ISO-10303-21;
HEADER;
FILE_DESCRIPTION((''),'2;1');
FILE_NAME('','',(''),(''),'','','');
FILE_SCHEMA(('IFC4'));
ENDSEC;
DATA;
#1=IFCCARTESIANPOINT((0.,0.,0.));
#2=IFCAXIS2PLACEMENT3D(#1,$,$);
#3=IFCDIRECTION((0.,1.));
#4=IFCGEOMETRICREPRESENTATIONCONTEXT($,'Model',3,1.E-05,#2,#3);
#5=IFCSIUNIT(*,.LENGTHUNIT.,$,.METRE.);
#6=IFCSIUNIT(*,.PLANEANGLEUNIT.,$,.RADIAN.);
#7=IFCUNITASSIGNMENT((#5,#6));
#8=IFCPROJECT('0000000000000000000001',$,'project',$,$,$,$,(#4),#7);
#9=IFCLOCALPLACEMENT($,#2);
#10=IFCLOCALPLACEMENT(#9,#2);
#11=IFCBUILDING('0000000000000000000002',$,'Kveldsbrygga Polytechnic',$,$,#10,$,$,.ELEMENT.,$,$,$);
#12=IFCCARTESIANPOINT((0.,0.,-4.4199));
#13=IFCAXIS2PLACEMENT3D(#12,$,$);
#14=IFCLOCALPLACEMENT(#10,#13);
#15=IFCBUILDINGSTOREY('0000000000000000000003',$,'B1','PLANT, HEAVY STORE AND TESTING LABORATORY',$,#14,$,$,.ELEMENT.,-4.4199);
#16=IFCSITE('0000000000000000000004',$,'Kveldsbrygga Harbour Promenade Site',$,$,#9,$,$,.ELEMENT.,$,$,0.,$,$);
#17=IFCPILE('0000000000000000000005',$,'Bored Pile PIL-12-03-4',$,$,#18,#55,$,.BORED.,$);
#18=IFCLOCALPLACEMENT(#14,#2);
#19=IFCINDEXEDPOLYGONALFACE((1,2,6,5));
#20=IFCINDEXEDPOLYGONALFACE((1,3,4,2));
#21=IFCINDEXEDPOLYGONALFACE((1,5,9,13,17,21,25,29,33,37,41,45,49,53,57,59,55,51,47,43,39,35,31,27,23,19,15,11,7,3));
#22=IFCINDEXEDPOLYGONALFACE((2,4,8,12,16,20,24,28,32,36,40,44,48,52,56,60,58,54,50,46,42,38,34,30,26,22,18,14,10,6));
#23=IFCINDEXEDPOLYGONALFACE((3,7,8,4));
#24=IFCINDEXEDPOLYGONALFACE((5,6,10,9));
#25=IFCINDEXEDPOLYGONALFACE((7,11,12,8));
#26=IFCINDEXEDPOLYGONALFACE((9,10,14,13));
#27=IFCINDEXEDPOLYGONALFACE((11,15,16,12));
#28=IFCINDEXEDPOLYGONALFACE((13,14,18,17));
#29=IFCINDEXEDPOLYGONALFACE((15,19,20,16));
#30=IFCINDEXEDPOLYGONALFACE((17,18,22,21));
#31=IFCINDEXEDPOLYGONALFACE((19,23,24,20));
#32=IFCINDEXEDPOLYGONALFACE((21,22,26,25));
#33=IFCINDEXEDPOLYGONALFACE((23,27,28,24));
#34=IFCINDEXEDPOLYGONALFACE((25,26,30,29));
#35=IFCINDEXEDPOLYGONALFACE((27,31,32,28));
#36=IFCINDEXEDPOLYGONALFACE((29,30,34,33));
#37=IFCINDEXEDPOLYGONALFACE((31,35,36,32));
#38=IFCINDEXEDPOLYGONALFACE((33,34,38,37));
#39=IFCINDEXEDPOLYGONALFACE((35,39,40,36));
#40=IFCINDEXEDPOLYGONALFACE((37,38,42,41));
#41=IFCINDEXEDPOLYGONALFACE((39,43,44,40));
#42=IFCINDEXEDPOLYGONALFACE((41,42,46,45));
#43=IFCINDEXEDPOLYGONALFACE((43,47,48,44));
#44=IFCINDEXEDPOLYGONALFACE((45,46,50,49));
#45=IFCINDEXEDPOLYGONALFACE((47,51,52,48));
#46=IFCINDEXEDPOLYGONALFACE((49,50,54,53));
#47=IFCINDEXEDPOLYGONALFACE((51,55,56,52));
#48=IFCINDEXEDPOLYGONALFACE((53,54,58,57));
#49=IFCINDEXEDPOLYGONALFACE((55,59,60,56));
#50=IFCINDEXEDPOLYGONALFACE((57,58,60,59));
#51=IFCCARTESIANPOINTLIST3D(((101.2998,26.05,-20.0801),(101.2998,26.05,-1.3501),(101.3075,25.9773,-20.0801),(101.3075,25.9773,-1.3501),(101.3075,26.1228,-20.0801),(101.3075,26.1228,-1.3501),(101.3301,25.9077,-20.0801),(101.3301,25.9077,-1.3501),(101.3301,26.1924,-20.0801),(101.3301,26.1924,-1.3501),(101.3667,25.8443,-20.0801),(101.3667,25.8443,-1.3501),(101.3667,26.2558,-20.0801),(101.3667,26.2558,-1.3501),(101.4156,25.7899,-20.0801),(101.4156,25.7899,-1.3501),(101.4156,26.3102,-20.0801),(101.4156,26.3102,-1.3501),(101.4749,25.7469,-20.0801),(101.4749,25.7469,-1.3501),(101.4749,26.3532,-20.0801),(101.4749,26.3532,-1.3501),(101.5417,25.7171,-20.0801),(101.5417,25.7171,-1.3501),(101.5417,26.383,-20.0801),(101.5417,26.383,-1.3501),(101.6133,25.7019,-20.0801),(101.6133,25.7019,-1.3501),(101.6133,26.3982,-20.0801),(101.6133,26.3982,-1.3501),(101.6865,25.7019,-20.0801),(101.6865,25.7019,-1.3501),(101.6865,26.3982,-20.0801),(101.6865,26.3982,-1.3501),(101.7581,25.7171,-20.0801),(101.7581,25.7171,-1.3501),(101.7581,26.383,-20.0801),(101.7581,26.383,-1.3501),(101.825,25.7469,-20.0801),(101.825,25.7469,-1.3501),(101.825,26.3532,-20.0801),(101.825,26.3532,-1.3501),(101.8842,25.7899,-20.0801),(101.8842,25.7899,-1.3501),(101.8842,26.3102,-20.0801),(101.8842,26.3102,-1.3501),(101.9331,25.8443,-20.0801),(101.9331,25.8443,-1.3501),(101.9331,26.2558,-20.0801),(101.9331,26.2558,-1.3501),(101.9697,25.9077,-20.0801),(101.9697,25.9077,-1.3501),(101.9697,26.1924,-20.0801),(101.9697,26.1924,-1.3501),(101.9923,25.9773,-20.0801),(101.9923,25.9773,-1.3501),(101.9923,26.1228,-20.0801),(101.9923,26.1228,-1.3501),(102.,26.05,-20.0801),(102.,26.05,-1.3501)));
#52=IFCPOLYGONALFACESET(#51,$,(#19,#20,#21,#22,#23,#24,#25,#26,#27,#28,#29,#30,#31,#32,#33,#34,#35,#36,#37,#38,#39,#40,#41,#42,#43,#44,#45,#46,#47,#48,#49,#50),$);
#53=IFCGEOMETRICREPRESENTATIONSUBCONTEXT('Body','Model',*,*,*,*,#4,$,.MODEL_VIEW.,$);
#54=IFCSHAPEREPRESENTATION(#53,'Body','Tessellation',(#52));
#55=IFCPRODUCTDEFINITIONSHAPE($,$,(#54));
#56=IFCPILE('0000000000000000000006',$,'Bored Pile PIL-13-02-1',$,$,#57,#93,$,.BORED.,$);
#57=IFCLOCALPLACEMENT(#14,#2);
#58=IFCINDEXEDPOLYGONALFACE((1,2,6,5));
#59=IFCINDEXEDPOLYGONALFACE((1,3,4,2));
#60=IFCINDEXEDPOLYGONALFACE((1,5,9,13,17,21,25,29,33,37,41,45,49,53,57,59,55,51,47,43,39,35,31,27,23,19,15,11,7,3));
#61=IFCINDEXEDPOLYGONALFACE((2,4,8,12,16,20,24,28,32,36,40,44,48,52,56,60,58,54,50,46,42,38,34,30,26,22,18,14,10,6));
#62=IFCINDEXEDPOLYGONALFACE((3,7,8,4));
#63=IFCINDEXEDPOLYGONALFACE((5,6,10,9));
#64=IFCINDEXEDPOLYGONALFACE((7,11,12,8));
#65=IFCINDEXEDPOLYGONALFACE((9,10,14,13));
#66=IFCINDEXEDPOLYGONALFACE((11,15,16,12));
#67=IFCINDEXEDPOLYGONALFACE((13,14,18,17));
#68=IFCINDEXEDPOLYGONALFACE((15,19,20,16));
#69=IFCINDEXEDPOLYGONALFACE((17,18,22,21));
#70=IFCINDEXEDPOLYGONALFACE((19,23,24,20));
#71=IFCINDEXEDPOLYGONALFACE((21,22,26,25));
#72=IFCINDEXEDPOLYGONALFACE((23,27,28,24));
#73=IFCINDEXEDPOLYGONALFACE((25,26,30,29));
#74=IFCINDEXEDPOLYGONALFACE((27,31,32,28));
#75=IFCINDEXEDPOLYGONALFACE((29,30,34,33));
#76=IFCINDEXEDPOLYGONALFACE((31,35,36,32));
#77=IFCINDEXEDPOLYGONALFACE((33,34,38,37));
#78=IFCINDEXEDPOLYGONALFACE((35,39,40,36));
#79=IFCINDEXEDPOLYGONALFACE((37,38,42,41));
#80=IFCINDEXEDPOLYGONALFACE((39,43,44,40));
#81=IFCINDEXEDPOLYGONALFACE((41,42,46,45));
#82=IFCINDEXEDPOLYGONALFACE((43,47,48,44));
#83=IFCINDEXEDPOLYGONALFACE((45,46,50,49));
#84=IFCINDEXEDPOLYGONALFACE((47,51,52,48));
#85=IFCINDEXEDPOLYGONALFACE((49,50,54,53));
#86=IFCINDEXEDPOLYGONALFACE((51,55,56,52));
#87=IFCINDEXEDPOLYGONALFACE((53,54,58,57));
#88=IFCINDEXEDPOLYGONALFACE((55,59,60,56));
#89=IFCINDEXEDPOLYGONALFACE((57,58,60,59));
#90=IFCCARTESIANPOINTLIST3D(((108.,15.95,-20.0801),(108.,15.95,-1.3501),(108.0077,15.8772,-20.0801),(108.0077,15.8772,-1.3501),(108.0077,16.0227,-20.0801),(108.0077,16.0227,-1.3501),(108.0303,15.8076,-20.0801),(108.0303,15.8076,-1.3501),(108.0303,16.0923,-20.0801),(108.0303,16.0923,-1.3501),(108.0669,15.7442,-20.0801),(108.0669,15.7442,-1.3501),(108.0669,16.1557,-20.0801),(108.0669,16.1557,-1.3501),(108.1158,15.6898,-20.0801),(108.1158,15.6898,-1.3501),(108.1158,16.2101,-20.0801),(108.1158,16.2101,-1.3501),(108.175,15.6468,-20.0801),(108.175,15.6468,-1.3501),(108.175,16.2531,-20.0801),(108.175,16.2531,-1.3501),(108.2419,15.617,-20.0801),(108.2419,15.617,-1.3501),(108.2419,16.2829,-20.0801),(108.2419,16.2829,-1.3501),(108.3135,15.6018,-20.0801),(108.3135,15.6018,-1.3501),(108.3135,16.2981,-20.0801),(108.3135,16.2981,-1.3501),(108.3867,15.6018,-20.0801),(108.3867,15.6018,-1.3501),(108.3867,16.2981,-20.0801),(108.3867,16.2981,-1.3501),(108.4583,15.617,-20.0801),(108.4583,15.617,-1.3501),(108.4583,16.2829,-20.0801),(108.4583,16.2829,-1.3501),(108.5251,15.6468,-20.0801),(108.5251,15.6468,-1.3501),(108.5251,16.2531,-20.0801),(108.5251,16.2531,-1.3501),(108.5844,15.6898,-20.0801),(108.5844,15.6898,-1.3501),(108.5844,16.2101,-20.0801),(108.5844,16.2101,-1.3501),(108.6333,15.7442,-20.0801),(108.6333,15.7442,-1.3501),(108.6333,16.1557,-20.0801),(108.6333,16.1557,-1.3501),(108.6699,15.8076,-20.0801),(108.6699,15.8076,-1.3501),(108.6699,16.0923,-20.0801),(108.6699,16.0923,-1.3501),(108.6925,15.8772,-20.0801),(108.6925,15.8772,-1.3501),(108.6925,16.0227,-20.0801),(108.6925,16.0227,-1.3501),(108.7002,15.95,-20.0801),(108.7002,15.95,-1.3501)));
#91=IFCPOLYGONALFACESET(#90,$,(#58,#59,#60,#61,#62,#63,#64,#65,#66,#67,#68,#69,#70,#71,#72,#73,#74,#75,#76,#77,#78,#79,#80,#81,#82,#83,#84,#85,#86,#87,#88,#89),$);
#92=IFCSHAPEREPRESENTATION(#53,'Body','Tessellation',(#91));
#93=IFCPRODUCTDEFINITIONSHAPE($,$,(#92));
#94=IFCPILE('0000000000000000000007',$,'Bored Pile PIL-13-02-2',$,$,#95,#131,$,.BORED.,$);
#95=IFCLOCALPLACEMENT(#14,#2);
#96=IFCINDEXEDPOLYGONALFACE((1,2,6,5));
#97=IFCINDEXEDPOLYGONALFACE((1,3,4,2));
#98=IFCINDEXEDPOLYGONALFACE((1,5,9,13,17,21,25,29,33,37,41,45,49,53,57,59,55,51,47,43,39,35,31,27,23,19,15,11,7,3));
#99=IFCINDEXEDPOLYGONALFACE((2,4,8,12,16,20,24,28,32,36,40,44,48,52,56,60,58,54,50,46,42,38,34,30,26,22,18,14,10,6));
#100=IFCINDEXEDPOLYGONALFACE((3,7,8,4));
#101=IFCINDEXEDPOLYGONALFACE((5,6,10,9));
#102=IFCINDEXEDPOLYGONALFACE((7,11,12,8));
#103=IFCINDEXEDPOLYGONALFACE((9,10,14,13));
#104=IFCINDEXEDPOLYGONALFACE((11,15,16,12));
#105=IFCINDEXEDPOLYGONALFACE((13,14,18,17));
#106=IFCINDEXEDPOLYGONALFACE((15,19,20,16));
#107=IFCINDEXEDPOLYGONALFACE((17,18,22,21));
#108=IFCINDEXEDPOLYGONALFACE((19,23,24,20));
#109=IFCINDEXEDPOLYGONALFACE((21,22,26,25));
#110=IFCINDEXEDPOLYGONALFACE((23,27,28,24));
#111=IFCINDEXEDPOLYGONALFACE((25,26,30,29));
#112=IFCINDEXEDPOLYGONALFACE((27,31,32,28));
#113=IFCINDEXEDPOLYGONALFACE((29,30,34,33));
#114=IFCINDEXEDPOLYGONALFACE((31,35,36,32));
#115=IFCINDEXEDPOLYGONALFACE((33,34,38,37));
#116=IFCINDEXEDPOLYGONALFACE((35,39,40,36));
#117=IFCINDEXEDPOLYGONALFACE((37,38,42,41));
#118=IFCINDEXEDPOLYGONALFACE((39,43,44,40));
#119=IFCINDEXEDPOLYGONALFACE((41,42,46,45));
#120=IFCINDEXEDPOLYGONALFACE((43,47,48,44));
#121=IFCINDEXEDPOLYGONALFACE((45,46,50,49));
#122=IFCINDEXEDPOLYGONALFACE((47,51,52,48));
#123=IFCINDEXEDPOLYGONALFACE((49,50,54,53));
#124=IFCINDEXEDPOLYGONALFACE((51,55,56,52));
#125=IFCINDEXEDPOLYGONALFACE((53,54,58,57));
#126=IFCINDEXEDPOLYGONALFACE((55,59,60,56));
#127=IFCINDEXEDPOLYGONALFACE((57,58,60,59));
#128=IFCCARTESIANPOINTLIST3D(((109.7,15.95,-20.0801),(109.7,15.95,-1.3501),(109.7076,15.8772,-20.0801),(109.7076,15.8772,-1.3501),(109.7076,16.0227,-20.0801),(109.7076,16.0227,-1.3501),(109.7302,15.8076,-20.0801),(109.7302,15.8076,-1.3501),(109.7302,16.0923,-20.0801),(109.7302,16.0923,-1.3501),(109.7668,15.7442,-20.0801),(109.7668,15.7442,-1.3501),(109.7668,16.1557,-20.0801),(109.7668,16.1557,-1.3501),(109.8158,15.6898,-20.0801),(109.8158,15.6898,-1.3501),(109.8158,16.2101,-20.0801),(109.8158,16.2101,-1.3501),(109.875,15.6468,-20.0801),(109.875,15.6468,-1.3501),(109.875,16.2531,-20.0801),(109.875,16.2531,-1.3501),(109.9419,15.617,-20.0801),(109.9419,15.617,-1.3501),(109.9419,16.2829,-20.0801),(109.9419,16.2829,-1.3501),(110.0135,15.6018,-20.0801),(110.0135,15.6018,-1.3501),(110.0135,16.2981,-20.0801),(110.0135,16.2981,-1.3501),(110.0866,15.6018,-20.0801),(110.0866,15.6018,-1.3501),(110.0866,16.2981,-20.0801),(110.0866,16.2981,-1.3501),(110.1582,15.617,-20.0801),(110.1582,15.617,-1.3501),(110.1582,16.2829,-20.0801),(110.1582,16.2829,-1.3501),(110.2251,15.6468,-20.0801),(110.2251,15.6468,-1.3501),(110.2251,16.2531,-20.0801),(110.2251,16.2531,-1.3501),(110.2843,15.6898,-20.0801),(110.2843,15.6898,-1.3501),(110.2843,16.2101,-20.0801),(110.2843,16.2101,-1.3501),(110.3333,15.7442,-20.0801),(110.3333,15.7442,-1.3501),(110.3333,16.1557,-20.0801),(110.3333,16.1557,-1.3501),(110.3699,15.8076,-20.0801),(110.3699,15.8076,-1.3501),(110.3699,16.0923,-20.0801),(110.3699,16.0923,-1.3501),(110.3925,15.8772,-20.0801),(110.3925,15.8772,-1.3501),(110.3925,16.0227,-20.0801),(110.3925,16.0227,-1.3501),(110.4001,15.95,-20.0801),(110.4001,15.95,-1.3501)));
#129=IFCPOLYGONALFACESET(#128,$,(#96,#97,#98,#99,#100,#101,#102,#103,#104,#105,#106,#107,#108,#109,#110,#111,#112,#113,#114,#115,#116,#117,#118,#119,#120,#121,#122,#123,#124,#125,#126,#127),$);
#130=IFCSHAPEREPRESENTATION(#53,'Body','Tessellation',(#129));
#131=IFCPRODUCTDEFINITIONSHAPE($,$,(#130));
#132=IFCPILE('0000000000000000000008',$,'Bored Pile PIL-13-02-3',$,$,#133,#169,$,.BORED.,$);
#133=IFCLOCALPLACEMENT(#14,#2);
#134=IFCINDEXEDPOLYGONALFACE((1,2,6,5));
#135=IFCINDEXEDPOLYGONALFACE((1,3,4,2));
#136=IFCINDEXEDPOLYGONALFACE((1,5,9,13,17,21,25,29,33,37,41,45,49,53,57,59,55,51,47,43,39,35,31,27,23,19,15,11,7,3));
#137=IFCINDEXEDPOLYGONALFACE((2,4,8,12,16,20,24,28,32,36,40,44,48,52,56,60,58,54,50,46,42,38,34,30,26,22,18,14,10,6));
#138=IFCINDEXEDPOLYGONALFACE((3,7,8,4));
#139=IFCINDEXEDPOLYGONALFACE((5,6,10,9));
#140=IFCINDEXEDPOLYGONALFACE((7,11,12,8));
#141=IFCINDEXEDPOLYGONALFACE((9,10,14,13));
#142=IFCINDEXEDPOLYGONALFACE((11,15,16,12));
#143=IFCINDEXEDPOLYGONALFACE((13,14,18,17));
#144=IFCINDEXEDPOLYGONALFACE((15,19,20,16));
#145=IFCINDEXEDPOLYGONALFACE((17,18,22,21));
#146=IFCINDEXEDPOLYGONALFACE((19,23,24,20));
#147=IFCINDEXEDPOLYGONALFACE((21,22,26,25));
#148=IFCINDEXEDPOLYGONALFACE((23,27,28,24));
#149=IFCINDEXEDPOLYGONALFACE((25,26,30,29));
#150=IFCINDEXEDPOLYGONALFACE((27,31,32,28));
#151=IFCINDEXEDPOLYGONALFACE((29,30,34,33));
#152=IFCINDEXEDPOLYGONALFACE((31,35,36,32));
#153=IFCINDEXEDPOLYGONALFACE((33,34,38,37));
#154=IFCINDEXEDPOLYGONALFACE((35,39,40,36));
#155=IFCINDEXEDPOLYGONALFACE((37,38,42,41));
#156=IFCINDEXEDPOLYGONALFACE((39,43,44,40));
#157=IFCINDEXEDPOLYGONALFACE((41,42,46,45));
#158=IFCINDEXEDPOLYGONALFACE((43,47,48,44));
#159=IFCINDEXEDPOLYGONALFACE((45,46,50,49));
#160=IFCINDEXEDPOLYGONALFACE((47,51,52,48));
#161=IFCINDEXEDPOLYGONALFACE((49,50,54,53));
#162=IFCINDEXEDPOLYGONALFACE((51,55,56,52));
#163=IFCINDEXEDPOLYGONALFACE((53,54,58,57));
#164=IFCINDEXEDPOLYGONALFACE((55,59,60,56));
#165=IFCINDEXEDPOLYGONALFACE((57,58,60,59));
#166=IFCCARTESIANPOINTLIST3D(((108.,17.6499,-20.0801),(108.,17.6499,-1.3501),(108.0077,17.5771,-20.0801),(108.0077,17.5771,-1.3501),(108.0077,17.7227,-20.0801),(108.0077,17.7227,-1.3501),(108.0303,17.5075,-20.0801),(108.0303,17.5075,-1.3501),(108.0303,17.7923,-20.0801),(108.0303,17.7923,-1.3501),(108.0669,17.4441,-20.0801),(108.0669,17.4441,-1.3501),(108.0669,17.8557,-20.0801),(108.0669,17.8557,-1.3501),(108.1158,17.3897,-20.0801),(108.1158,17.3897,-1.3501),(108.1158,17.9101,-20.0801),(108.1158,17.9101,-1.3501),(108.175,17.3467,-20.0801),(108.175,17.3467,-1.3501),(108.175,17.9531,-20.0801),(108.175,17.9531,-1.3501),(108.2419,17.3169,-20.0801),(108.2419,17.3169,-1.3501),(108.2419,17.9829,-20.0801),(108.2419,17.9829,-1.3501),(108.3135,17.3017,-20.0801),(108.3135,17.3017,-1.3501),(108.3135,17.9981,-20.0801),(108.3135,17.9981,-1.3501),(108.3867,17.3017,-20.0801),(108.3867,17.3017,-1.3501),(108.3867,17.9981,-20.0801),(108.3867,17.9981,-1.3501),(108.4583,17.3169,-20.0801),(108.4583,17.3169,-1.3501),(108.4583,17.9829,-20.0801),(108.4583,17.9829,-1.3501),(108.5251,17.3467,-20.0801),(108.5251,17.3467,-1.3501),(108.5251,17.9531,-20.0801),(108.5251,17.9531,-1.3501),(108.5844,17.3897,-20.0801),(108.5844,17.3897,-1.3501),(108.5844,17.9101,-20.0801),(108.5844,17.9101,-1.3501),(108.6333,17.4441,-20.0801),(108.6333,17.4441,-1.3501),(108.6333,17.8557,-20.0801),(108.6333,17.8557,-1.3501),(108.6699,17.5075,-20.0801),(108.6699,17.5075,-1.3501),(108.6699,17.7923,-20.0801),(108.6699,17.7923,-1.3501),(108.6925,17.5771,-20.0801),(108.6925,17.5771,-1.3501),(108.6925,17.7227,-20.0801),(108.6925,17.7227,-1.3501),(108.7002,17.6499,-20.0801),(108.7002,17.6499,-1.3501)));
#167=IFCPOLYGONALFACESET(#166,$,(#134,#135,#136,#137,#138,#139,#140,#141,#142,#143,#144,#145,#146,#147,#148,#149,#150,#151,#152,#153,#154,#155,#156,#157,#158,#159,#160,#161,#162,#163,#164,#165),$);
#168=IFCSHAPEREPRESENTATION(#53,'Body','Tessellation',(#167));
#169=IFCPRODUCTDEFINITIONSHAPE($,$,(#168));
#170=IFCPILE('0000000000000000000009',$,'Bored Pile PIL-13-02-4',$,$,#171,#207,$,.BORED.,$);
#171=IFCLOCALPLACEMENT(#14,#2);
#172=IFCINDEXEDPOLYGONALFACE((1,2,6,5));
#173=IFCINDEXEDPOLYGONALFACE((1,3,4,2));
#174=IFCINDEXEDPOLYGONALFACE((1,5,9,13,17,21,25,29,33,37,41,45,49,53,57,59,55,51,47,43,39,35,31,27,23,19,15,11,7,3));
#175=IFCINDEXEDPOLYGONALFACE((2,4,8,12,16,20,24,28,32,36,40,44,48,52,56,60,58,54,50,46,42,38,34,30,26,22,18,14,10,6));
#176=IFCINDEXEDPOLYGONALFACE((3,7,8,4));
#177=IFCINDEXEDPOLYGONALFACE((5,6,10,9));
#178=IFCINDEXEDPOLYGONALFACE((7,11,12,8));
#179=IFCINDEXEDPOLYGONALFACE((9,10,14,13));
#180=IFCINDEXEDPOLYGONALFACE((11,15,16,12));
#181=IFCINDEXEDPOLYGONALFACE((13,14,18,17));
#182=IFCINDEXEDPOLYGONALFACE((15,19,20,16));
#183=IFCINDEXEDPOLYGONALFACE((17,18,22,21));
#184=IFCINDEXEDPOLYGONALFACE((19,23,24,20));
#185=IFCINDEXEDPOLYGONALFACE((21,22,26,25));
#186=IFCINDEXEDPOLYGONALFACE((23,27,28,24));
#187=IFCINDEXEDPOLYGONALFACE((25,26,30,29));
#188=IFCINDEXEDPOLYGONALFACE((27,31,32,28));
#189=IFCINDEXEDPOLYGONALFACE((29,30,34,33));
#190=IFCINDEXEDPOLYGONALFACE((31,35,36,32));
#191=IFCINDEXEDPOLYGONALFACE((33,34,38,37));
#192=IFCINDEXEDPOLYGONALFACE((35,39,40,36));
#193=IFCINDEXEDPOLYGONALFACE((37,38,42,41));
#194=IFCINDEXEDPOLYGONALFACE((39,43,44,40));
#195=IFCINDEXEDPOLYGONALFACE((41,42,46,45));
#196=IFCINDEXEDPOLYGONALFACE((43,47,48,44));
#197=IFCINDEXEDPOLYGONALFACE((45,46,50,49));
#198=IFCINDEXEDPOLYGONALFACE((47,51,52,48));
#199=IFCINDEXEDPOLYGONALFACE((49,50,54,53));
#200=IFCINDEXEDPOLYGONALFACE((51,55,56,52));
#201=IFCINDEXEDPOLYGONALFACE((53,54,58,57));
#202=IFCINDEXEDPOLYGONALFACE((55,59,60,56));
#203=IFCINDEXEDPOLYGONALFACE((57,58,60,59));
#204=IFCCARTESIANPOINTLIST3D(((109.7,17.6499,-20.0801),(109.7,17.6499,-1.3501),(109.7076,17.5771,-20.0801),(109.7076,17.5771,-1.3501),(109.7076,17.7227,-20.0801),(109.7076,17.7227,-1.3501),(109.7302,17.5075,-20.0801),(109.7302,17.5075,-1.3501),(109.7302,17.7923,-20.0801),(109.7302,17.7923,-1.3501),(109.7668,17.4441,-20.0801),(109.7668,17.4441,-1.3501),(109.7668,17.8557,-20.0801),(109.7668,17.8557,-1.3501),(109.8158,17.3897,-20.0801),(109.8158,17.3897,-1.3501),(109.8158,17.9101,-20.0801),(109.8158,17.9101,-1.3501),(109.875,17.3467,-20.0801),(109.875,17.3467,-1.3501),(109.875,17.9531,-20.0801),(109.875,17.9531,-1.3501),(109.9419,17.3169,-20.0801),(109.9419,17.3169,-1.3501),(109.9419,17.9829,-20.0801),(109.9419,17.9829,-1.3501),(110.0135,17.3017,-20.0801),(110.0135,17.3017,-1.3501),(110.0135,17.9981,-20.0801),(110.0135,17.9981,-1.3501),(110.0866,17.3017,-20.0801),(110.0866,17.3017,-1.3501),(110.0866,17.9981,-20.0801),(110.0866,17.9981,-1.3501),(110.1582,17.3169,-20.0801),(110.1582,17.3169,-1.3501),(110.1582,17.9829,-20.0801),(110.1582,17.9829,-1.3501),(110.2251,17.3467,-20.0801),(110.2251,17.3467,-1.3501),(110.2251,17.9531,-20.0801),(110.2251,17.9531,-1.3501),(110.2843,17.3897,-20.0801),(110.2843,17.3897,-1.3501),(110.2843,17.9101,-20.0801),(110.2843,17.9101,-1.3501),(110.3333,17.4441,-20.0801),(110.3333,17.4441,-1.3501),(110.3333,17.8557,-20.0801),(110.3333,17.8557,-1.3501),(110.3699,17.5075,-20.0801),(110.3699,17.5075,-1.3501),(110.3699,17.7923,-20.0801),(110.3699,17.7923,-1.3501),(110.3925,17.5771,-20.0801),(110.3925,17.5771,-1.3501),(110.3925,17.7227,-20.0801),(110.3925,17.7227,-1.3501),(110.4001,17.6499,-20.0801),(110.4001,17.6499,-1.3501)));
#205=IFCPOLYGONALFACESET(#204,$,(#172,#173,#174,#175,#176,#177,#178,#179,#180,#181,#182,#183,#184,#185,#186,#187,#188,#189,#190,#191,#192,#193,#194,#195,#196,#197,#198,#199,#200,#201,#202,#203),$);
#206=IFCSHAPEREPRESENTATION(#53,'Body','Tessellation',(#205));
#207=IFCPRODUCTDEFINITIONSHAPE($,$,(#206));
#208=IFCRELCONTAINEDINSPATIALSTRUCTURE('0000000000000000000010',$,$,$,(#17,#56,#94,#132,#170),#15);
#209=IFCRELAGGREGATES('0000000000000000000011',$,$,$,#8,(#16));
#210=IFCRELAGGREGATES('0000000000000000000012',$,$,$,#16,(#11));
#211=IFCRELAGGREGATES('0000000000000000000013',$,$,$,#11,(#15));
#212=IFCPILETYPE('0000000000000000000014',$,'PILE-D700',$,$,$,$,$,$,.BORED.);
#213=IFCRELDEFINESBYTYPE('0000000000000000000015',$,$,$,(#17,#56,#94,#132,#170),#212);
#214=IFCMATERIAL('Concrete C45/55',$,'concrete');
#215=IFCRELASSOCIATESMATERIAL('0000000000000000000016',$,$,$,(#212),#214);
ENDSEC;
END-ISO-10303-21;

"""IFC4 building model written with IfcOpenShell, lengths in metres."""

from ifc_helpers import new_model, si_unit, direction, frame, origin, origin_2d, place, context, subcontext, project, spatial, circle, extrude, material, material_profile, profile_set, type_object, element, save


model = new_model("IFC4")

# Units and contexts
model_context = context("Model", 3, precision=1e-05, world=origin(), true_north=direction((0.0, 1.0)))
body_context = subcontext(model_context, "Body", "Model", "MODEL_VIEW")
ifc_project = project(units=[si_unit("LENGTHUNIT", "METRE"), si_unit("PLANEANGLEUNIT", "RADIAN")], contexts=[model_context])

# Site, building, storey
site_placement = place(None, origin())
site = spatial("IfcSite", under=ifc_project, at=site_placement, Name="Kveldsbrygga Harbour Promenade Site", CompositionType="ELEMENT", RefElevation=0.0)
building_placement = place(site_placement, origin())
building = spatial("IfcBuilding", under=site, at=building_placement, Name="Kveldsbrygga Polytechnic", CompositionType="ELEMENT")
storey_placement = place(building_placement, frame((0.0, 0.0, -4.4199)))
storey = spatial("IfcBuildingStorey", under=building, at=storey_placement, Name="B1", Description="PLANT, HEAVY STORE AND TESTING LABORATORY", CompositionType="ELEMENT", Elevation=-4.4199)

# Shared definitions
ifc_material_1 = material(Name="Concrete C45/55", Category="concrete")

# Piles
ifc_material_profile_1 = material_profile(ifc_material_1, circle(Radius=0.3501, at=origin_2d()), Name="PILE D700")
ifc_profile_set_1 = profile_set([ifc_material_profile_1], Name="Concrete C45/55")
pile_type = type_object("IfcPileType", Name="PILE-D700", PredefinedType="BORED", material=ifc_profile_set_1)
for number, where, z_axis, x_axis, name in (
    (1, (101.6499, 26.05, -1.3501), (0.0, 0.0, -1.0), (1.0, 0.0, 0.0), "Bored Pile PIL-12-03-4"),
    (2, (108.3501, 15.95, -1.3501), (0.0, 0.0, -1.0), (1.0, 0.0, 0.0), "Bored Pile PIL-13-02-1"),
    (3, (110.05, 15.95, -1.3501), (0.0, 0.0, -1.0), (1.0, 0.0, 0.0), "Bored Pile PIL-13-02-2"),
    (4, (108.3501, 17.6499, -1.3501), (0.0, 0.0, -1.0), (1.0, 0.0, 0.0), "Bored Pile PIL-13-02-3"),
    (5, (110.05, 17.6499, -1.3501), (0.0, 0.0, -1.0), (1.0, 0.0, 0.0), "Bored Pile PIL-13-02-4"),
):
    element("IfcPile", number, at=place(storey_placement, frame(where, z_axis=z_axis, x_axis=x_axis)), inside=storey, type_object=pile_type, Name=name, PredefinedType="BORED", context=body_context, shape_type="SweptSolid", body=[
        extrude(circle(Radius=0.3501, at=origin_2d()), origin(), (0.0, 0.0, 1.0), 18.73),
    ])

save(model, "model.ifc")
